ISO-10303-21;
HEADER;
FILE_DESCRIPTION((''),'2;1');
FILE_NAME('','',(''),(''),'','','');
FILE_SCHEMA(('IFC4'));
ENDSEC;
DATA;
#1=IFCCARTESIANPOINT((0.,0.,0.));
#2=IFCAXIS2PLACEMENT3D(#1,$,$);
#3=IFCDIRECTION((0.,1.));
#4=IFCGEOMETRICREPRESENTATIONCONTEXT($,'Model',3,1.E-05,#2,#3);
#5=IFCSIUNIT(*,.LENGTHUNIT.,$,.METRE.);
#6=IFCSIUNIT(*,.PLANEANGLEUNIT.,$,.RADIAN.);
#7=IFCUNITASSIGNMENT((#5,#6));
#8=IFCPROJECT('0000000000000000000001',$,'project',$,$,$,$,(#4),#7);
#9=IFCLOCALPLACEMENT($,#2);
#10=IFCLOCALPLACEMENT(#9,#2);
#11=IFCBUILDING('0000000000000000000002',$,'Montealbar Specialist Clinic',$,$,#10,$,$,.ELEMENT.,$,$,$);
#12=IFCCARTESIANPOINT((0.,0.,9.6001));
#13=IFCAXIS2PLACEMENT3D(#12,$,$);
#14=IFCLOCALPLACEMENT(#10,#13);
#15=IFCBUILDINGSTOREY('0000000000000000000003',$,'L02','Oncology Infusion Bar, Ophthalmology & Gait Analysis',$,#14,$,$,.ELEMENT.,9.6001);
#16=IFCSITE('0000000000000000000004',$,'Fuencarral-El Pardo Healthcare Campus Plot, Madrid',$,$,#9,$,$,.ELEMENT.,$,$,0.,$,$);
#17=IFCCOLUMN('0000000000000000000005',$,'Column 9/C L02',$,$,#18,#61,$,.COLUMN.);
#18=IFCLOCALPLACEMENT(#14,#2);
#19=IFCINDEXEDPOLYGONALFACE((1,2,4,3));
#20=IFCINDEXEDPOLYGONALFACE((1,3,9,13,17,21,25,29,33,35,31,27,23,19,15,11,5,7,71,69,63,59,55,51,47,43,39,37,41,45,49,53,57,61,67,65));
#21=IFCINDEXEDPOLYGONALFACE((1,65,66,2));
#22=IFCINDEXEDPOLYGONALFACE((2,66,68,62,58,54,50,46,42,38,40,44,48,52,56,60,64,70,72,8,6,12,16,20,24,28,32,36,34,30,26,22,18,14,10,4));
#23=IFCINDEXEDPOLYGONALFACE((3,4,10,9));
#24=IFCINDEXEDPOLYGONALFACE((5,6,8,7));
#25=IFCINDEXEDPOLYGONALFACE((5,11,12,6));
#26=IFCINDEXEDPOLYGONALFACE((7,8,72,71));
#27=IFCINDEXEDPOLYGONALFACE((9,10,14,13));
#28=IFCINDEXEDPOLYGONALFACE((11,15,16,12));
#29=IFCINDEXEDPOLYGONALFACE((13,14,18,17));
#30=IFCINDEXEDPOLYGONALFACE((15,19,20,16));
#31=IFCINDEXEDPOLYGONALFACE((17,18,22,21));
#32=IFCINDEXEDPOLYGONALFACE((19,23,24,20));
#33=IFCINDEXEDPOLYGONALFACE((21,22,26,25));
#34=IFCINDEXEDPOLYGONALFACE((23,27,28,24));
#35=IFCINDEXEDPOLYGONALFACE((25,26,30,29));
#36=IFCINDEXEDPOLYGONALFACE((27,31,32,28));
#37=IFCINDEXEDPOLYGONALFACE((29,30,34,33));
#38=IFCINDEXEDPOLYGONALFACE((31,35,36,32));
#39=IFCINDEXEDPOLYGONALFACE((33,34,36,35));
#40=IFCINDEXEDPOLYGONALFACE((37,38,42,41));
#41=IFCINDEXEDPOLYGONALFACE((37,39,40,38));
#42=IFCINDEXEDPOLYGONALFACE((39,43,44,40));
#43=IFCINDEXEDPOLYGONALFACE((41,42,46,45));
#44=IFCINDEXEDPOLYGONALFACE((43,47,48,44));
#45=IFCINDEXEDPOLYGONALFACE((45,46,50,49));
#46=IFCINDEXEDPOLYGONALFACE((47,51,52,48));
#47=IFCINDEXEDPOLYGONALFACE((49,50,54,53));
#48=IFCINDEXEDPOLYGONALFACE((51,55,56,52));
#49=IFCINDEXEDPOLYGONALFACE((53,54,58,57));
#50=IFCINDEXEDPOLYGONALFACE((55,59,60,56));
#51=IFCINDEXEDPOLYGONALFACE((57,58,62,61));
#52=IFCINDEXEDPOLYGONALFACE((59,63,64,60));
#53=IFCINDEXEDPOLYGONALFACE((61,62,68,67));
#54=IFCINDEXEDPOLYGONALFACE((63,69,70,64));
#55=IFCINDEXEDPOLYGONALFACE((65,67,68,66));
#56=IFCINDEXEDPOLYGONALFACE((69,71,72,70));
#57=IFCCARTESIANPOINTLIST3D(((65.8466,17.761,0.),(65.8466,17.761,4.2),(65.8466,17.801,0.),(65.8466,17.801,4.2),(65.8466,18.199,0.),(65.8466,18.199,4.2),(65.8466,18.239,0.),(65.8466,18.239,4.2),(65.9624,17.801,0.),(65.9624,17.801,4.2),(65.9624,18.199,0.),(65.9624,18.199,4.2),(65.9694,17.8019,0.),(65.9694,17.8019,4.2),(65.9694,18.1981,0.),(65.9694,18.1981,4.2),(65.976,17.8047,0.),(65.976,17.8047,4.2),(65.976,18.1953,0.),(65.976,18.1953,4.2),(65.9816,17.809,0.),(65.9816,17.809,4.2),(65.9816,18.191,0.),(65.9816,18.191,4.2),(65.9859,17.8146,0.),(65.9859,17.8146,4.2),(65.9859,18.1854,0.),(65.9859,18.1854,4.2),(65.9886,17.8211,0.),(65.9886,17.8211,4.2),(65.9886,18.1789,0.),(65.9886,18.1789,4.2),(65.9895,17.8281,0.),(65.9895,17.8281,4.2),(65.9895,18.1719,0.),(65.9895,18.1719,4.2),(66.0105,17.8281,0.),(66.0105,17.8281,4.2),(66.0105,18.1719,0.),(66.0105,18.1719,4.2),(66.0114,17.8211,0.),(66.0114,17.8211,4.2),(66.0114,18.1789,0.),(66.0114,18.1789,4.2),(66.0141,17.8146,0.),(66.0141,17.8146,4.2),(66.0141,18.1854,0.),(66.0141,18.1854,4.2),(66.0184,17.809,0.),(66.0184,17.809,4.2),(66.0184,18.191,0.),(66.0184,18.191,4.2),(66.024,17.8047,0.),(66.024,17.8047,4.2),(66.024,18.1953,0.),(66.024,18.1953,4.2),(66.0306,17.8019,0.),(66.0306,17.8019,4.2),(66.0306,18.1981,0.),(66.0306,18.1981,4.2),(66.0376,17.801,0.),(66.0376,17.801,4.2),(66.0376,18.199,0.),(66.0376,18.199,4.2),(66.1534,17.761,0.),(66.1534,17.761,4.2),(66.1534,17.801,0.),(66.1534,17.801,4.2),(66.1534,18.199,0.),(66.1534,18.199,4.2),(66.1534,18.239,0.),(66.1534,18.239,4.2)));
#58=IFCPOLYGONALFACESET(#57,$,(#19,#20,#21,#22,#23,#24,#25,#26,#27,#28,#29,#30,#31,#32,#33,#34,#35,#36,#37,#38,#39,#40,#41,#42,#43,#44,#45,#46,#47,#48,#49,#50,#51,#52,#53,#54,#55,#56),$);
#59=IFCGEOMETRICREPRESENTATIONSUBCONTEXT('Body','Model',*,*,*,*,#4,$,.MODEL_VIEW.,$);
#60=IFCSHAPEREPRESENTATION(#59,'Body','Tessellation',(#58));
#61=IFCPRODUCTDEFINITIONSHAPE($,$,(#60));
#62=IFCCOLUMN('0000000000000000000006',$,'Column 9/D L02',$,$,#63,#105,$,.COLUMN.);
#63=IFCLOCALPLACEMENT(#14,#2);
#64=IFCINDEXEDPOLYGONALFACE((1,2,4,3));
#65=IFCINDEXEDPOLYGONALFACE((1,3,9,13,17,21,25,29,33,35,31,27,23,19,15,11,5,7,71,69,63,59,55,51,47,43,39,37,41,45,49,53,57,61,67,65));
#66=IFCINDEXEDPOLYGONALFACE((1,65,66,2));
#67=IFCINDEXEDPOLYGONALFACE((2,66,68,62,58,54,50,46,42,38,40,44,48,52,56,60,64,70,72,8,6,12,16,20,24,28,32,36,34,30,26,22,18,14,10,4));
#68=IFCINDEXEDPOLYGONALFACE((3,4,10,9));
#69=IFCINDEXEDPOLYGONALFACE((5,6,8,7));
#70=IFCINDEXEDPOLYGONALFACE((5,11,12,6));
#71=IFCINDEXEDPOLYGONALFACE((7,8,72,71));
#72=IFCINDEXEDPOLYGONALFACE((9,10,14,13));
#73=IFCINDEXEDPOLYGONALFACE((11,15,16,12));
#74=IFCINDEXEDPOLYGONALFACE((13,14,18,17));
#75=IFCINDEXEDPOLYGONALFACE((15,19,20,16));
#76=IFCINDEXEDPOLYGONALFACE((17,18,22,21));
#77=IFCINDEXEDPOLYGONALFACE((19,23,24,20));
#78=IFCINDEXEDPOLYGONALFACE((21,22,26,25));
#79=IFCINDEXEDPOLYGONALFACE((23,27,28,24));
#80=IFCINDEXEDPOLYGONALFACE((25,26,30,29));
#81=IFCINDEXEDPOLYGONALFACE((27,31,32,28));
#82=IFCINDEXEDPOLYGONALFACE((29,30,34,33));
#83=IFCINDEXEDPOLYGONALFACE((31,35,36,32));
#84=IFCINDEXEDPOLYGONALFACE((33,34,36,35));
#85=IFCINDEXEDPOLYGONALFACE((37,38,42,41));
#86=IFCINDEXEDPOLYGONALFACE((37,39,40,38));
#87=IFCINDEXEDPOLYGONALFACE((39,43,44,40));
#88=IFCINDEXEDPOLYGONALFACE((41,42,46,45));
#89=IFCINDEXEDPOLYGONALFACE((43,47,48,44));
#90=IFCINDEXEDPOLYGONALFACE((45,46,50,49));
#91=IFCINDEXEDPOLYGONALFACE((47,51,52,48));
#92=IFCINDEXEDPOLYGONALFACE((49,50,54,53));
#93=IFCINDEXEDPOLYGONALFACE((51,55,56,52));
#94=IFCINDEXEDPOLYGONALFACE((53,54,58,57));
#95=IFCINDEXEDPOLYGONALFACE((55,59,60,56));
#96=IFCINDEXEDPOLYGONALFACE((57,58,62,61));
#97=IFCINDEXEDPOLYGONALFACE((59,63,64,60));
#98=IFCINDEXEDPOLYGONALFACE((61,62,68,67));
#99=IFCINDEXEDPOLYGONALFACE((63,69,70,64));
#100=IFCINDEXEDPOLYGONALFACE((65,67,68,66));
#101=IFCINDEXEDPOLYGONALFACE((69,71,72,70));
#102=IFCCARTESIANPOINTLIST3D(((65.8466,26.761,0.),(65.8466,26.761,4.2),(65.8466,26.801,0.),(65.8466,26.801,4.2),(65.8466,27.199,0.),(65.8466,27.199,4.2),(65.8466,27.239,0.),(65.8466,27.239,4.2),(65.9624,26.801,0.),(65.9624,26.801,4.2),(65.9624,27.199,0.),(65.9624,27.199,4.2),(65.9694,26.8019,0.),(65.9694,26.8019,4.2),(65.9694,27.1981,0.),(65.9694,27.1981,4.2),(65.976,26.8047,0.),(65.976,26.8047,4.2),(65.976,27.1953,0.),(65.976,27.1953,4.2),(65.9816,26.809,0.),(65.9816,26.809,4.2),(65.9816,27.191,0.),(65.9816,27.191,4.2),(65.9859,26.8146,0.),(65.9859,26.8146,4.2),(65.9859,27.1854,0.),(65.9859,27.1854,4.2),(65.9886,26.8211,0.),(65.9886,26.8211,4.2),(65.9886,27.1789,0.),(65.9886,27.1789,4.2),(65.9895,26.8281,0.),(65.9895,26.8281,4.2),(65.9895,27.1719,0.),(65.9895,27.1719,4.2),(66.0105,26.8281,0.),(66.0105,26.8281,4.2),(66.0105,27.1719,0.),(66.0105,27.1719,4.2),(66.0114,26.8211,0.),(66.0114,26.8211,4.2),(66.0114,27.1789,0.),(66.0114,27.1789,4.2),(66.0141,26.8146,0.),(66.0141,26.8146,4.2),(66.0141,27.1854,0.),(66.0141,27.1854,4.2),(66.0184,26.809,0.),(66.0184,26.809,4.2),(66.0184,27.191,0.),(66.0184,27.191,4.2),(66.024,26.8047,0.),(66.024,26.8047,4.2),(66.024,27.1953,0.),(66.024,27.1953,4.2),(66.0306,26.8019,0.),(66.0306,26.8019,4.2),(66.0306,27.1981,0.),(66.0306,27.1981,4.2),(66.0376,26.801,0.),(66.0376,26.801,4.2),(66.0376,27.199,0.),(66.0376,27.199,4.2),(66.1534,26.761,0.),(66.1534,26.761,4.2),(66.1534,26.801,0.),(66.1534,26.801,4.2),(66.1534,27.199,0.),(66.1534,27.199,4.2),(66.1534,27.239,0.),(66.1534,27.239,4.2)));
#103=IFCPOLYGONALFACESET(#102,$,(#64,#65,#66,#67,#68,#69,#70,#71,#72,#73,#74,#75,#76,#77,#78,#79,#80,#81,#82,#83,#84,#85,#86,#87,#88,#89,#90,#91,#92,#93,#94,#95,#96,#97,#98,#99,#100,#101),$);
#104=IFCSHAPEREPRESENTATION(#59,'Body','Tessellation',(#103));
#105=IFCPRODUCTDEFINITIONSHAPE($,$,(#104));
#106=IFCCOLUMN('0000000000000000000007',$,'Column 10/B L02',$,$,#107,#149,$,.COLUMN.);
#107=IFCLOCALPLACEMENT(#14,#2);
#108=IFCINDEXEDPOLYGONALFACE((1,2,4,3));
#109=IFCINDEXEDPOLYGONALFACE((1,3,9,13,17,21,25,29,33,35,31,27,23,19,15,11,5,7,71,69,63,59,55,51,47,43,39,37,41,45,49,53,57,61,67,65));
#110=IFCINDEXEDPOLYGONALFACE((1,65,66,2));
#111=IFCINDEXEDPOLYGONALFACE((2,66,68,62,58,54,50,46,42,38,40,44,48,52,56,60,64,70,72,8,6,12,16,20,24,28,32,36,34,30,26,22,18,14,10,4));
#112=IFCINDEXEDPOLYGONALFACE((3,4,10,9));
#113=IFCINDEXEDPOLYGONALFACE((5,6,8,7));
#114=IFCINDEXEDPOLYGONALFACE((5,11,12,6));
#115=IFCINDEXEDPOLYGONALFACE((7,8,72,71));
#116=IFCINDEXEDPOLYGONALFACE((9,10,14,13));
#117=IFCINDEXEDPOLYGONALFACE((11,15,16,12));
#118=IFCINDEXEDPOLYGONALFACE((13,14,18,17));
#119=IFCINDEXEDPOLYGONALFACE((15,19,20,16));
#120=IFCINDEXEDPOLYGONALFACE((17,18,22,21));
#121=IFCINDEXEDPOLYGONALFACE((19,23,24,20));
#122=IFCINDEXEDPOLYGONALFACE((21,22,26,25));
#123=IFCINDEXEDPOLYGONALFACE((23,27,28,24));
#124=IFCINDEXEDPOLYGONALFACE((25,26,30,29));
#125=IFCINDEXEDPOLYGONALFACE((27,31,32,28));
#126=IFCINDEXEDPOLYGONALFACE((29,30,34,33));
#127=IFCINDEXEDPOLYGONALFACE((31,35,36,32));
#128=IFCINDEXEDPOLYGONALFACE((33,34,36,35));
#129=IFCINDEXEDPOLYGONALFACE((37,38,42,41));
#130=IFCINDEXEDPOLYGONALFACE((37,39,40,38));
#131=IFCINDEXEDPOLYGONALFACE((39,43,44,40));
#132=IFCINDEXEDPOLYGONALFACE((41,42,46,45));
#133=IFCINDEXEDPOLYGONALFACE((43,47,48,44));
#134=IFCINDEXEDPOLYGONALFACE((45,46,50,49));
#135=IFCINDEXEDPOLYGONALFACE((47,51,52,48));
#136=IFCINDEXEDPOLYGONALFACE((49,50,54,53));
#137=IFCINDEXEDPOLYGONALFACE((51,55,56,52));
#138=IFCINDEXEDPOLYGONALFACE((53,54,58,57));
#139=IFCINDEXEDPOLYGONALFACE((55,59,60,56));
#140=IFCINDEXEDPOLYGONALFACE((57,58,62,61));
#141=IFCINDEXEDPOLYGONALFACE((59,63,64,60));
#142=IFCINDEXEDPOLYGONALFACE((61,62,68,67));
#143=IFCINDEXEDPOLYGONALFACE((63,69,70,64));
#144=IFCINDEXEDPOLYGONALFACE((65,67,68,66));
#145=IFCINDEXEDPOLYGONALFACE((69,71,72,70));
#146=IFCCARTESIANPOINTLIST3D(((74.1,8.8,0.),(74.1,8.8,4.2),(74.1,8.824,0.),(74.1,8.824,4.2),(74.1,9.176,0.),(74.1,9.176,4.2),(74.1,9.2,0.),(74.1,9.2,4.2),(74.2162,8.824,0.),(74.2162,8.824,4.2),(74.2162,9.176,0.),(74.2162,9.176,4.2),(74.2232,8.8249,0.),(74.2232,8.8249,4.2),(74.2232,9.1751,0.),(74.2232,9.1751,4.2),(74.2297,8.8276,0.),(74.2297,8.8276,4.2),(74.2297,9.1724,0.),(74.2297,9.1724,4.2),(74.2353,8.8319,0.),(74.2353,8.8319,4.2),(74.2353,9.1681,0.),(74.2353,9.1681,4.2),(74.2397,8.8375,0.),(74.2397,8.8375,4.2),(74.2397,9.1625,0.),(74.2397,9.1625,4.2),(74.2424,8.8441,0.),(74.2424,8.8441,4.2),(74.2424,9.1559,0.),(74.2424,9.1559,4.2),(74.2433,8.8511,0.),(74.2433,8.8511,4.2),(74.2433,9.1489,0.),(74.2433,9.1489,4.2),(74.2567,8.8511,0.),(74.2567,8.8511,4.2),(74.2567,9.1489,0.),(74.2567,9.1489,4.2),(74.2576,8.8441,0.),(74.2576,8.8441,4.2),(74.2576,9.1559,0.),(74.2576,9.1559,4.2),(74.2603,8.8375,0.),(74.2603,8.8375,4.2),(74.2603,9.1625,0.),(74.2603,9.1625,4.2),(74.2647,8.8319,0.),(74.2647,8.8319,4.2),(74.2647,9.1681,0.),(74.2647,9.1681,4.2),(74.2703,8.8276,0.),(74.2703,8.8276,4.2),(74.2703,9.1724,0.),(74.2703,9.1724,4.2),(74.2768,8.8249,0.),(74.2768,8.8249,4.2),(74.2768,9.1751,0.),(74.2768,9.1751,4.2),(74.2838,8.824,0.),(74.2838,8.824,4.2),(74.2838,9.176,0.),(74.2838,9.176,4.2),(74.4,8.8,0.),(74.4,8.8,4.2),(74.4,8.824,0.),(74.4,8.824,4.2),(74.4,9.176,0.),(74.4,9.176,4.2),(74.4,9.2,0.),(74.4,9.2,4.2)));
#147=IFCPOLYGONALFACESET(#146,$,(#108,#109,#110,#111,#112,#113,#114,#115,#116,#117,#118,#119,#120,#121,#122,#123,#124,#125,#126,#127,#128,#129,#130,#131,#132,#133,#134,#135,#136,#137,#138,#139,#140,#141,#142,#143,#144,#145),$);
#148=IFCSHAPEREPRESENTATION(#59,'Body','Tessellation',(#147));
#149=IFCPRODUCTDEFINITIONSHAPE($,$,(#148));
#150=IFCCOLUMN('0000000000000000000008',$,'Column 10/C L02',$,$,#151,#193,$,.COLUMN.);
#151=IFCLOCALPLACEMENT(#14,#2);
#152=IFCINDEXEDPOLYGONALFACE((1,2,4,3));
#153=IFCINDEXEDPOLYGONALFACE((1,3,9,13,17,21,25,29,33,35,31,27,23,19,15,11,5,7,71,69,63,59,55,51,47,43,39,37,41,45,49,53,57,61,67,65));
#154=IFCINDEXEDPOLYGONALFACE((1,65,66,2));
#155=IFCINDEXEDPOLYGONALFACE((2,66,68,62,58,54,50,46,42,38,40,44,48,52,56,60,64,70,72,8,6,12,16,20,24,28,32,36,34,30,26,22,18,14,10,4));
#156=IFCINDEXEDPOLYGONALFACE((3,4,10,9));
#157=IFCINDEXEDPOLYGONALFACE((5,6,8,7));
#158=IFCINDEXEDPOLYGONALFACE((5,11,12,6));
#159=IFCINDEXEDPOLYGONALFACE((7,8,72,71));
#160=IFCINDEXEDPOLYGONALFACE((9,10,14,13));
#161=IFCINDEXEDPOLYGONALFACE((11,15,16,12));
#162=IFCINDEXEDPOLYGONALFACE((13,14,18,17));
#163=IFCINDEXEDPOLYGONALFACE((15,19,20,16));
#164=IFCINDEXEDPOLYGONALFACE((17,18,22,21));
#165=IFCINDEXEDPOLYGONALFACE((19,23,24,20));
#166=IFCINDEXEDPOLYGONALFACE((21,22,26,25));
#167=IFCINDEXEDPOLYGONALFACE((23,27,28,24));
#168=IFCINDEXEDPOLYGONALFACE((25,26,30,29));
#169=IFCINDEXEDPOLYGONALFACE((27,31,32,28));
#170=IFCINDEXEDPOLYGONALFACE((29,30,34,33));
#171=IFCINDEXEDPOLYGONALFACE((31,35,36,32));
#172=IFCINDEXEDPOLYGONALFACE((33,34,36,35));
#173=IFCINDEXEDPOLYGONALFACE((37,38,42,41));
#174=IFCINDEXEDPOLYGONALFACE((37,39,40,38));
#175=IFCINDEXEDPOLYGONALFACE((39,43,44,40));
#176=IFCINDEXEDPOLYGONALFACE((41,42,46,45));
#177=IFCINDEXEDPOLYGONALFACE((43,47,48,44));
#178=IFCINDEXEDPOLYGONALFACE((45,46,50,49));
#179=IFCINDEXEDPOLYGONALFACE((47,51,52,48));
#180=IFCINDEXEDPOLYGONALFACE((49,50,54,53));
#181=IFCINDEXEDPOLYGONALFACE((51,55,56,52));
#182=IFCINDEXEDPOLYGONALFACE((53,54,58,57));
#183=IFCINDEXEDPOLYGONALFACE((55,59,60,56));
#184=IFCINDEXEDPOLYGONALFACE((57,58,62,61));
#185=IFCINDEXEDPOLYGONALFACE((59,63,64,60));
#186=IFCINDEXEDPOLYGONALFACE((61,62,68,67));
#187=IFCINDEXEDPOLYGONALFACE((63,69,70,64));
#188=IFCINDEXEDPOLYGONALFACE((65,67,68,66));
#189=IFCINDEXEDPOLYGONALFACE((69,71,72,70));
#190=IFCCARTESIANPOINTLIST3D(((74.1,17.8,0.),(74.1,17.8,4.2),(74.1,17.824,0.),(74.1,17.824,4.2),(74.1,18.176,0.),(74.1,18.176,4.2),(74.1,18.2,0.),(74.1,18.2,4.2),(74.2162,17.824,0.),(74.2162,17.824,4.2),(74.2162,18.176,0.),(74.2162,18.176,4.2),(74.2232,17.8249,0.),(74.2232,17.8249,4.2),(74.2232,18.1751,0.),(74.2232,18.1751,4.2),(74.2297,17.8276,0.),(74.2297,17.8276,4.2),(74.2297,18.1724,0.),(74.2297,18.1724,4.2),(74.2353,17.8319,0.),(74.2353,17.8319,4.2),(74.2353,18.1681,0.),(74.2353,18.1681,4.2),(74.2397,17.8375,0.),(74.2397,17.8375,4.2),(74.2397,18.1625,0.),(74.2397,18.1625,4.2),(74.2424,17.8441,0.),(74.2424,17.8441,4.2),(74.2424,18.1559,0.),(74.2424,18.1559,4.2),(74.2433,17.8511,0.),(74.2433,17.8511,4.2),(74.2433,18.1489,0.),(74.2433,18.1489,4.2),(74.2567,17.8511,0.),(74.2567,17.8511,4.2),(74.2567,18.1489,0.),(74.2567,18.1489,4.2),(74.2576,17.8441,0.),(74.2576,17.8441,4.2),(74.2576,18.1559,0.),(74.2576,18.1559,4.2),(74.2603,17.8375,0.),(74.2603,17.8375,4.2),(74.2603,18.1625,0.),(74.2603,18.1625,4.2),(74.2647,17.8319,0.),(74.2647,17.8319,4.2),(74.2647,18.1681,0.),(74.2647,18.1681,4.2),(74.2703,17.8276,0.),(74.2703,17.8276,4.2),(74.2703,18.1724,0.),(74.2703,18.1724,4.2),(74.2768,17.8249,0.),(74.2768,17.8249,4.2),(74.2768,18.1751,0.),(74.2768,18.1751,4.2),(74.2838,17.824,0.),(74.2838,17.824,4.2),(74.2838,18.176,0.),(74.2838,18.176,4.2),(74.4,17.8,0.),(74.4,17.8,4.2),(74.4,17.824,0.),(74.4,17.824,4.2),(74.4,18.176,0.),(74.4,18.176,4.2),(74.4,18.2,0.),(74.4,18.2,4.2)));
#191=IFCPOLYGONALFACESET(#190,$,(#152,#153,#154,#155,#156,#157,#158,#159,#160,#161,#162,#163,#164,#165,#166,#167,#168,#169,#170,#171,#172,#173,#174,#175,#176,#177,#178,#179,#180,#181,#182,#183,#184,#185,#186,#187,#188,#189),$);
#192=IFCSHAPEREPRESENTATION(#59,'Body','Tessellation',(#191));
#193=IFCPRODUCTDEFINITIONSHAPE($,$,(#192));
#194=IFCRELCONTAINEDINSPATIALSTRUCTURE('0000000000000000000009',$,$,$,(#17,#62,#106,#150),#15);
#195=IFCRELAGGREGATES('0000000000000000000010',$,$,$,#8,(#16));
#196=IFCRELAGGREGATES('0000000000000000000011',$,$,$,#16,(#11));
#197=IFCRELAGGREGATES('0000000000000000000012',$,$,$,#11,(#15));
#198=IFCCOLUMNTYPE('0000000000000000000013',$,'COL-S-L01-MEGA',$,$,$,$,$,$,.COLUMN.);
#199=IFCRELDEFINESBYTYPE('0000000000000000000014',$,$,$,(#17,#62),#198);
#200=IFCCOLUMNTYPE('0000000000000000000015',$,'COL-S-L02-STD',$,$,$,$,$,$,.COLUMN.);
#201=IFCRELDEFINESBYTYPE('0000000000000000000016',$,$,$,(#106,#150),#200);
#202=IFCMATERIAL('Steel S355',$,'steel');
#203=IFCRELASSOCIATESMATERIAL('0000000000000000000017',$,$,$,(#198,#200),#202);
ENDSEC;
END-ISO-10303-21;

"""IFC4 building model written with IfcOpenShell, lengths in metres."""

from ifc_helpers import new_model, si_unit, direction, frame, origin, origin_2d, place, context, subcontext, project, spatial, i_section, extrude, material, material_profile, profile_set, type_object, element, save


model = new_model("IFC4")

# Units and contexts
model_context = context("Model", 3, precision=1e-05, world=origin(), true_north=direction((0.0, 1.0)))
body_context = subcontext(model_context, "Body", "Model", "MODEL_VIEW")
ifc_project = project(units=[si_unit("LENGTHUNIT", "METRE"), si_unit("PLANEANGLEUNIT", "RADIAN")], contexts=[model_context])

# Site, building, storey
site_placement = place(None, origin())
site = spatial("IfcSite", under=ifc_project, at=site_placement, Name="Fuencarral-El Pardo Healthcare Campus Plot, Madrid", CompositionType="ELEMENT", RefElevation=0.0)
building_placement = place(site_placement, origin())
building = spatial("IfcBuilding", under=site, at=building_placement, Name="Montealbar Specialist Clinic", CompositionType="ELEMENT")
storey_placement = place(building_placement, frame((0.0, 0.0, 9.6001)))
storey = spatial("IfcBuildingStorey", under=building, at=storey_placement, Name="L02", Description="Oncology Infusion Bar, Ophthalmology & Gait Analysis", CompositionType="ELEMENT", Elevation=9.6001)

# Columns
ifc_material_1 = material(Name="Steel S355", Category="steel")
ifc_material_profile_1 = material_profile(ifc_material_1, i_section(OverallWidth=0.3069, OverallDepth=0.478, WebThickness=0.021, FlangeThickness=0.04, FilletRadius=0.0271, at=origin_2d()), Name="HEM 450", Category="steel")
ifc_profile_set_1 = profile_set([ifc_material_profile_1], Name="Steel S355")
column_type_1 = type_object("IfcColumnType", Name="COL-S-L01-MEGA", PredefinedType="COLUMN", material=ifc_profile_set_1)
for number, where, z_axis, x_axis, name in (
    (1, (66.0, 18.0, 0.0), (0.0, 0.0, 1.0), (1.0, 0.0, 0.0), "Column 9/C L02"),
    (2, (66.0, 27.0, 0.0), (0.0, 0.0, 1.0), (1.0, 0.0, 0.0), "Column 9/D L02"),
):
    element("IfcColumn", number, at=place(storey_placement, frame(where, z_axis=z_axis, x_axis=x_axis)), inside=storey, type_object=column_type_1, Name=name, PredefinedType="COLUMN", context=body_context, shape_type="SweptSolid", body=[
        extrude(i_section(OverallWidth=0.3069, OverallDepth=0.478, WebThickness=0.021, FlangeThickness=0.04, FilletRadius=0.0271, at=origin_2d()), origin(), (0.0, 0.0, 1.0), 4.2),
    ])
ifc_material_profile_2 = material_profile(ifc_material_1, i_section(OverallWidth=0.3, OverallDepth=0.3999, WebThickness=0.0134, FlangeThickness=0.0239, FilletRadius=0.0271, at=origin_2d()), Name="HEB 400", Category="steel")
ifc_profile_set_2 = profile_set([ifc_material_profile_2], Name="Steel S355")
column_type_2 = type_object("IfcColumnType", Name="COL-S-L02-STD", PredefinedType="COLUMN", material=ifc_profile_set_2)
for number, where, z_axis, x_axis, name in (
    (3, (74.25, 9.0, 0.0), (0.0, 0.0, 1.0), (1.0, 0.0, 0.0), "Column 10/B L02"),
    (4, (74.25, 18.0, 0.0), (0.0, 0.0, 1.0), (1.0, 0.0, 0.0), "Column 10/C L02"),
):
    element("IfcColumn", number, at=place(storey_placement, frame(where, z_axis=z_axis, x_axis=x_axis)), inside=storey, type_object=column_type_2, Name=name, PredefinedType="COLUMN", context=body_context, shape_type="SweptSolid", body=[
        extrude(i_section(OverallWidth=0.3, OverallDepth=0.3999, WebThickness=0.0134, FlangeThickness=0.0239, FilletRadius=0.0271, at=origin_2d()), origin(), (0.0, 0.0, 1.0), 4.2),
    ])

save(model, "model.ifc")
